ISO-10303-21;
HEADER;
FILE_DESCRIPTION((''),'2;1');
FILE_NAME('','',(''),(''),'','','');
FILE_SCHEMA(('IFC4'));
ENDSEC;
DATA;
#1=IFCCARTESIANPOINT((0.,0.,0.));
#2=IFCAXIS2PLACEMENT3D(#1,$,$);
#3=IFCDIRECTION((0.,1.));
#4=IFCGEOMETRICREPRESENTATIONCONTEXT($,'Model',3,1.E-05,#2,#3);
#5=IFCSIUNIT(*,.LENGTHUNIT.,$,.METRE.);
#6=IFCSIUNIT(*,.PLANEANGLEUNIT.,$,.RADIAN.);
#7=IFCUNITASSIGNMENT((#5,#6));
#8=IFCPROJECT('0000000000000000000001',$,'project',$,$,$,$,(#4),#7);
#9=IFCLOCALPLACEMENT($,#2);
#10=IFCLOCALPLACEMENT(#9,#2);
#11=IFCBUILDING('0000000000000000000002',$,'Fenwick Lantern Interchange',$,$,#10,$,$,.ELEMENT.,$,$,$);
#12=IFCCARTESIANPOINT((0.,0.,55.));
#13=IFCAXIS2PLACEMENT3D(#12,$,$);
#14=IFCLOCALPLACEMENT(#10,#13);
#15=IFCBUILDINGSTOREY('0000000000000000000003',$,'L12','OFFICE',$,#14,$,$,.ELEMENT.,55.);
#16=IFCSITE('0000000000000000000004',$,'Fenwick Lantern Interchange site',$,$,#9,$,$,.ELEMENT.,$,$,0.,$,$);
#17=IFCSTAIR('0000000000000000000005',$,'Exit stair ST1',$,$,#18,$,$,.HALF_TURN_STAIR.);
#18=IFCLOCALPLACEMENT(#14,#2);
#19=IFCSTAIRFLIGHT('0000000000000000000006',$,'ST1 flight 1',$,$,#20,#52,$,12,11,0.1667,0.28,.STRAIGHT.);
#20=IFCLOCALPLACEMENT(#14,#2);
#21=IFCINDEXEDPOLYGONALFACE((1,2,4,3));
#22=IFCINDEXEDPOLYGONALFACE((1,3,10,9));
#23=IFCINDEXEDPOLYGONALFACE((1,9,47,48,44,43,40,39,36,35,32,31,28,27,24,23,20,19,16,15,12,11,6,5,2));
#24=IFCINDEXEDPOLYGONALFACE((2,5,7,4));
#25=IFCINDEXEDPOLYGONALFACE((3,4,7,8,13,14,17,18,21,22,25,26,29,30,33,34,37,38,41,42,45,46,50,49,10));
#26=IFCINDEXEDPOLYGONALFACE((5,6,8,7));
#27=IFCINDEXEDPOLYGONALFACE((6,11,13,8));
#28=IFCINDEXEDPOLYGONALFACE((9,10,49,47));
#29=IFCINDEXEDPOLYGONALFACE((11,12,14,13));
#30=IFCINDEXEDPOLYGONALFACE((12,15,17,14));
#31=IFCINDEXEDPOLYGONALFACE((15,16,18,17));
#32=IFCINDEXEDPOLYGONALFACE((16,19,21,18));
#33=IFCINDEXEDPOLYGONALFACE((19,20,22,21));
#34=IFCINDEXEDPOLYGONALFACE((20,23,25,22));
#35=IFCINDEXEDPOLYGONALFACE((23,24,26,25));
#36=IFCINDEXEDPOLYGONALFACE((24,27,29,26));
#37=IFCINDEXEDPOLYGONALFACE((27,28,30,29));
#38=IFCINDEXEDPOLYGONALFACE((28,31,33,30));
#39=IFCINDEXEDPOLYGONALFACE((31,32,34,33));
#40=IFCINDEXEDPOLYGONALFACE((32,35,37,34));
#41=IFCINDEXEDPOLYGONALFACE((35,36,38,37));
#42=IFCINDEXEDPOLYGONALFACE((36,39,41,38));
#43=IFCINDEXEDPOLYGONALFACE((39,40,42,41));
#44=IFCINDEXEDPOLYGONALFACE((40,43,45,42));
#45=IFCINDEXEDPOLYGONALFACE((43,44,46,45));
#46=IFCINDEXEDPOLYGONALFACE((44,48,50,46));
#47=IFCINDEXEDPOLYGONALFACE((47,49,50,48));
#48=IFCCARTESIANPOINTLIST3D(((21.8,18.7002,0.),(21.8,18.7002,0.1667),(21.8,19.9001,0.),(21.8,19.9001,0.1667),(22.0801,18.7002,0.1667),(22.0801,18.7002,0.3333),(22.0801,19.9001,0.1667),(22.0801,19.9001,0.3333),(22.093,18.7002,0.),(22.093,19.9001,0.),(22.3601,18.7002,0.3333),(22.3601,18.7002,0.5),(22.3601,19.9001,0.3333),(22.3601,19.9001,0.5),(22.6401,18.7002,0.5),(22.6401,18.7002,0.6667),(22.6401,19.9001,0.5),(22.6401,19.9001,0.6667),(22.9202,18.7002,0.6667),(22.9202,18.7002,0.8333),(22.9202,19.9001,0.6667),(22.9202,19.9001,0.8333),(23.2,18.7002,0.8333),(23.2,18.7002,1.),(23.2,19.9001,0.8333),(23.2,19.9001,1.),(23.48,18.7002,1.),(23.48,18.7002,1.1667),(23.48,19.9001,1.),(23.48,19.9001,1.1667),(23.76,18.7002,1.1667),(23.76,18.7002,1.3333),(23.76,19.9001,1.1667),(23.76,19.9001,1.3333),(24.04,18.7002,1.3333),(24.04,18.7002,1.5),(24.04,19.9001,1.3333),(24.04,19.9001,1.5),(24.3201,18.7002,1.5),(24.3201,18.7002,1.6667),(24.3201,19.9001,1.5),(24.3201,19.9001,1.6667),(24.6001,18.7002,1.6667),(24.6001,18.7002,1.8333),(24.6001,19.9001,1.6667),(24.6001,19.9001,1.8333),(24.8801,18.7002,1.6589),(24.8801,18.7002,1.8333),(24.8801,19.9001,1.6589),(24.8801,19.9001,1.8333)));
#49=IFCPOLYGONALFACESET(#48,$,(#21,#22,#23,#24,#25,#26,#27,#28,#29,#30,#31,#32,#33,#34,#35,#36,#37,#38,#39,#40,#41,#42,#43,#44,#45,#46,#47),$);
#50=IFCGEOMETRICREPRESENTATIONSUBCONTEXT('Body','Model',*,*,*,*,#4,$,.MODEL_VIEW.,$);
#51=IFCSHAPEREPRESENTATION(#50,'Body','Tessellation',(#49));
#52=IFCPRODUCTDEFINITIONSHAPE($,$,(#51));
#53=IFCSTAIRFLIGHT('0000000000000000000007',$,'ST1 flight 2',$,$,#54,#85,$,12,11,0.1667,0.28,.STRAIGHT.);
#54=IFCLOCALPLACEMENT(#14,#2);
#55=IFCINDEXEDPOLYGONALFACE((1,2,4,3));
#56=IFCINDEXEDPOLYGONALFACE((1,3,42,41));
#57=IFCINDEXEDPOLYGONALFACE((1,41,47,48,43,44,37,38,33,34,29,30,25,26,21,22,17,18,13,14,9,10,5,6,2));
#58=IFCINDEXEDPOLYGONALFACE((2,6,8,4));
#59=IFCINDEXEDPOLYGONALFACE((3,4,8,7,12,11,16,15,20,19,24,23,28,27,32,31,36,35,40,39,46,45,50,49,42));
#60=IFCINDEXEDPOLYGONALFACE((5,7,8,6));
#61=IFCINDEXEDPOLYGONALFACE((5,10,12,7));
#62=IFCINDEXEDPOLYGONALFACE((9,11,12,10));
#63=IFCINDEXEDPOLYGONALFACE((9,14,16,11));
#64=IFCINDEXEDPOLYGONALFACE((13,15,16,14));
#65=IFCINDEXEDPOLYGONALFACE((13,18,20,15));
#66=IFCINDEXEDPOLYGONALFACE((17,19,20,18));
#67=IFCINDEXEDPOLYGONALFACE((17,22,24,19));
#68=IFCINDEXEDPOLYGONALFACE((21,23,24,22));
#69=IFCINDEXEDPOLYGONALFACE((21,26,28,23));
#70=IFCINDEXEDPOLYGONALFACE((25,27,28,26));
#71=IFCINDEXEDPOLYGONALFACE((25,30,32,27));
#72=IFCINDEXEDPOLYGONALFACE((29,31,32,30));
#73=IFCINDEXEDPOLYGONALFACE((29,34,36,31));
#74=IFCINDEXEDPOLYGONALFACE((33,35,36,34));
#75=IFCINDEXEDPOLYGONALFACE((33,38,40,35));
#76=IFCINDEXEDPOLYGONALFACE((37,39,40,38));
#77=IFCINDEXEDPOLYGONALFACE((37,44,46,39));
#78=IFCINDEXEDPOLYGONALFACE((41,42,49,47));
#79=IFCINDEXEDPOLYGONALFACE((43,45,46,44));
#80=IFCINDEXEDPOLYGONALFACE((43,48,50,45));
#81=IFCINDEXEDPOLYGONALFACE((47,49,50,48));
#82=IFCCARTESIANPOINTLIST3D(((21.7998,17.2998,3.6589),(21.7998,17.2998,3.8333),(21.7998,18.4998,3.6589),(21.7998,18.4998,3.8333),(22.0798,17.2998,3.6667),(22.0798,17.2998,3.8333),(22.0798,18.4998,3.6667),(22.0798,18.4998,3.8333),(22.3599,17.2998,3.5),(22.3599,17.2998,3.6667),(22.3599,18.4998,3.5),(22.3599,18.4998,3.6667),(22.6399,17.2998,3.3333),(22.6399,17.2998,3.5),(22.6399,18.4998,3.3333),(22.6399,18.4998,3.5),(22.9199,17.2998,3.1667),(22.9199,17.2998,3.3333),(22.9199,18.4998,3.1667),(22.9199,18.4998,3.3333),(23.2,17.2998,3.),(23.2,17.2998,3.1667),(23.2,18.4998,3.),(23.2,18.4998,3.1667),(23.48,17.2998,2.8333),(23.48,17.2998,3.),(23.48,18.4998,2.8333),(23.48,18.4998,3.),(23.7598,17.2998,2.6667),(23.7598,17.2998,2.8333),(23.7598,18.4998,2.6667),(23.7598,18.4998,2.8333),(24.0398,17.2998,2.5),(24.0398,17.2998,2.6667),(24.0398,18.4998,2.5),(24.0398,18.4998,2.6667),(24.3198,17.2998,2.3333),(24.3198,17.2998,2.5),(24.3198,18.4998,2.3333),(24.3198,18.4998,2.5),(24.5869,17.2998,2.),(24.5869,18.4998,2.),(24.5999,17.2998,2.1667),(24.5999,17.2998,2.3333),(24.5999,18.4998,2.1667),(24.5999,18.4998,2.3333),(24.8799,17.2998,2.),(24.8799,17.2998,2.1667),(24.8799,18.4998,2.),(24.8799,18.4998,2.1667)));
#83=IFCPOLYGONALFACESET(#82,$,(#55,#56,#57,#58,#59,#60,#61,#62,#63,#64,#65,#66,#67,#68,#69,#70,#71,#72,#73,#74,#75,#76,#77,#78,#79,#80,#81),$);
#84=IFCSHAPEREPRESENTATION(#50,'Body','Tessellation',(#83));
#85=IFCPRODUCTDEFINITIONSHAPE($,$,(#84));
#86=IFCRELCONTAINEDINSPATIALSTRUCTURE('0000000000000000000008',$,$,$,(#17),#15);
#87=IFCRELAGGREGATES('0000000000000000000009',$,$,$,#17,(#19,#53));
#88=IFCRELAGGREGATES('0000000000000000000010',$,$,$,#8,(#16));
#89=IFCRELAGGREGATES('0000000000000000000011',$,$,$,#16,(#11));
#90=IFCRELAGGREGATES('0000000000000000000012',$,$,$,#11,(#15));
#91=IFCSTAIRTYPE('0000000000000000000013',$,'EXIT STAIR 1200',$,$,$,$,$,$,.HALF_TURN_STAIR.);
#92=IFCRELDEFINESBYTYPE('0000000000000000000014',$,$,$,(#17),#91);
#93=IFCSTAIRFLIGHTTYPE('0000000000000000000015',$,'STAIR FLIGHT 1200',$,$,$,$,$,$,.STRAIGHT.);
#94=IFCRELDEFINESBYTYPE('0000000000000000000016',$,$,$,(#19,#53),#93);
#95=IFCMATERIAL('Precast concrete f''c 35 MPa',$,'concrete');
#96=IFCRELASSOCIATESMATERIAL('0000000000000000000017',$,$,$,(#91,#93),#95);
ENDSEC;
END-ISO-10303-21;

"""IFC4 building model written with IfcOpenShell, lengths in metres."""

from ifc_helpers import new_model, si_unit, direction, frame, origin, place, context, subcontext, project, spatial, polyline, outline, extrude, material, type_object, element, aggregate, save


model = new_model("IFC4")

# Units and contexts
model_context = context("Model", 3, precision=1e-05, world=origin(), true_north=direction((0.0, 1.0)))
body_context = subcontext(model_context, "Body", "Model", "MODEL_VIEW")
ifc_project = project(units=[si_unit("LENGTHUNIT", "METRE"), si_unit("PLANEANGLEUNIT", "RADIAN")], contexts=[model_context])

# Site, building, storey
site_placement = place(None, origin())
site = spatial("IfcSite", under=ifc_project, at=site_placement, Name="Fenwick Lantern Interchange site", CompositionType="ELEMENT", RefElevation=0.0)
building_placement = place(site_placement, origin())
building = spatial("IfcBuilding", under=site, at=building_placement, Name="Fenwick Lantern Interchange", CompositionType="ELEMENT")
storey_placement = place(building_placement, frame((0.0, 0.0, 55.0)))
storey = spatial("IfcBuildingStorey", under=building, at=storey_placement, Name="L12", Description="OFFICE", CompositionType="ELEMENT", Elevation=55.0)

# Stair, stair flights
ifc_material_1 = material(Name="Precast concrete f'c 35 MPa", Category="concrete")
stair_type = type_object("IfcStairType", Name="EXIT STAIR 1200", PredefinedType="HALF_TURN_STAIR", material=ifc_material_1)
stair_placement = place(storey_placement, origin())
stair = element("IfcStair", 1, at=stair_placement, inside=storey, type_object=stair_type, Name="Exit stair ST1", PredefinedType="HALF_TURN_STAIR")
stair_flight_type = type_object("IfcStairFlightType", Name="STAIR FLIGHT 1200", PredefinedType="STRAIGHT", material=ifc_material_1)
stair_flight_1_placement = place(storey_placement, frame((21.8, 19.3, 0.0), z_axis=(0.0, 0.0, 1.0), x_axis=(1.0, 0.0, 0.0)))
stair_flight_1 = element("IfcStairFlight", 2, at=stair_flight_1_placement, type_object=stair_flight_type, Name="ST1 flight 1", NumberOfRisers=12, NumberOfTreads=11, PredefinedType="STRAIGHT", RiserHeight=0.1667, TreadLength=0.28, context=body_context, shape_type="SweptSolid", body=[
    extrude(outline(polyline([(0.0, 0.0), (0.0, 0.1667), (0.28, 0.1667), (0.28, 0.3333), (0.5601, 0.3333), (0.5601, 0.5), (0.8401, 0.5), (0.8401, 0.6667), (1.1201, 0.6667), (1.1201, 0.8333), (1.3999, 0.8333), (1.3999, 1.0), (1.6799, 1.0), (1.6799, 1.1667), (1.96, 1.1667), (1.96, 1.3333), (2.24, 1.3333), (2.24, 1.5), (2.52, 1.5), (2.52, 1.6667), (2.8, 1.6667), (2.8, 1.8333), (3.0801, 1.8333), (3.0801, 2.0), (3.0801, 1.6589), (0.293, 0.0), (0.0, 0.0)])), frame((0.0, 0.6001, 0.0), z_axis=(0.0, -1.0, 0.0), x_axis=(1.0, 0.0, 0.0)), (0.0, 0.0, 1.0), 1.2),
])
stair_flight_2_placement = place(storey_placement, frame((24.8799, 17.8999, 2.0), z_axis=(0.0, 0.0, 1.0), x_axis=(-1.0, 0.0, 0.0)))
stair_flight_2 = element("IfcStairFlight", 3, at=stair_flight_2_placement, type_object=stair_flight_type, Name="ST1 flight 2", NumberOfRisers=12, NumberOfTreads=11, PredefinedType="STRAIGHT", RiserHeight=0.1667, TreadLength=0.28, context=body_context, shape_type="SweptSolid", body=[
    extrude(outline(polyline([(0.0, 0.0), (0.0, 0.1667), (0.28, 0.1667), (0.28, 0.3333), (0.5601, 0.3333), (0.5601, 0.5), (0.8401, 0.5), (0.8401, 0.6667), (1.1201, 0.6667), (1.1201, 0.8333), (1.3999, 0.8333), (1.3999, 1.0), (1.6799, 1.0), (1.6799, 1.1667), (1.96, 1.1667), (1.96, 1.3333), (2.24, 1.3333), (2.24, 1.5), (2.52, 1.5), (2.52, 1.6667), (2.8, 1.6667), (2.8, 1.8333), (3.0801, 1.8333), (3.0801, 2.0), (3.0801, 1.6589), (0.293, 0.0), (0.0, 0.0)])), frame((0.0, 0.6001, 0.0), z_axis=(0.0, -1.0, 0.0), x_axis=(1.0, 0.0, 0.0)), (0.0, 0.0, 1.0), 1.2),
])
aggregate(stair, [stair_flight_1, stair_flight_2])

save(model, "model.ifc")
